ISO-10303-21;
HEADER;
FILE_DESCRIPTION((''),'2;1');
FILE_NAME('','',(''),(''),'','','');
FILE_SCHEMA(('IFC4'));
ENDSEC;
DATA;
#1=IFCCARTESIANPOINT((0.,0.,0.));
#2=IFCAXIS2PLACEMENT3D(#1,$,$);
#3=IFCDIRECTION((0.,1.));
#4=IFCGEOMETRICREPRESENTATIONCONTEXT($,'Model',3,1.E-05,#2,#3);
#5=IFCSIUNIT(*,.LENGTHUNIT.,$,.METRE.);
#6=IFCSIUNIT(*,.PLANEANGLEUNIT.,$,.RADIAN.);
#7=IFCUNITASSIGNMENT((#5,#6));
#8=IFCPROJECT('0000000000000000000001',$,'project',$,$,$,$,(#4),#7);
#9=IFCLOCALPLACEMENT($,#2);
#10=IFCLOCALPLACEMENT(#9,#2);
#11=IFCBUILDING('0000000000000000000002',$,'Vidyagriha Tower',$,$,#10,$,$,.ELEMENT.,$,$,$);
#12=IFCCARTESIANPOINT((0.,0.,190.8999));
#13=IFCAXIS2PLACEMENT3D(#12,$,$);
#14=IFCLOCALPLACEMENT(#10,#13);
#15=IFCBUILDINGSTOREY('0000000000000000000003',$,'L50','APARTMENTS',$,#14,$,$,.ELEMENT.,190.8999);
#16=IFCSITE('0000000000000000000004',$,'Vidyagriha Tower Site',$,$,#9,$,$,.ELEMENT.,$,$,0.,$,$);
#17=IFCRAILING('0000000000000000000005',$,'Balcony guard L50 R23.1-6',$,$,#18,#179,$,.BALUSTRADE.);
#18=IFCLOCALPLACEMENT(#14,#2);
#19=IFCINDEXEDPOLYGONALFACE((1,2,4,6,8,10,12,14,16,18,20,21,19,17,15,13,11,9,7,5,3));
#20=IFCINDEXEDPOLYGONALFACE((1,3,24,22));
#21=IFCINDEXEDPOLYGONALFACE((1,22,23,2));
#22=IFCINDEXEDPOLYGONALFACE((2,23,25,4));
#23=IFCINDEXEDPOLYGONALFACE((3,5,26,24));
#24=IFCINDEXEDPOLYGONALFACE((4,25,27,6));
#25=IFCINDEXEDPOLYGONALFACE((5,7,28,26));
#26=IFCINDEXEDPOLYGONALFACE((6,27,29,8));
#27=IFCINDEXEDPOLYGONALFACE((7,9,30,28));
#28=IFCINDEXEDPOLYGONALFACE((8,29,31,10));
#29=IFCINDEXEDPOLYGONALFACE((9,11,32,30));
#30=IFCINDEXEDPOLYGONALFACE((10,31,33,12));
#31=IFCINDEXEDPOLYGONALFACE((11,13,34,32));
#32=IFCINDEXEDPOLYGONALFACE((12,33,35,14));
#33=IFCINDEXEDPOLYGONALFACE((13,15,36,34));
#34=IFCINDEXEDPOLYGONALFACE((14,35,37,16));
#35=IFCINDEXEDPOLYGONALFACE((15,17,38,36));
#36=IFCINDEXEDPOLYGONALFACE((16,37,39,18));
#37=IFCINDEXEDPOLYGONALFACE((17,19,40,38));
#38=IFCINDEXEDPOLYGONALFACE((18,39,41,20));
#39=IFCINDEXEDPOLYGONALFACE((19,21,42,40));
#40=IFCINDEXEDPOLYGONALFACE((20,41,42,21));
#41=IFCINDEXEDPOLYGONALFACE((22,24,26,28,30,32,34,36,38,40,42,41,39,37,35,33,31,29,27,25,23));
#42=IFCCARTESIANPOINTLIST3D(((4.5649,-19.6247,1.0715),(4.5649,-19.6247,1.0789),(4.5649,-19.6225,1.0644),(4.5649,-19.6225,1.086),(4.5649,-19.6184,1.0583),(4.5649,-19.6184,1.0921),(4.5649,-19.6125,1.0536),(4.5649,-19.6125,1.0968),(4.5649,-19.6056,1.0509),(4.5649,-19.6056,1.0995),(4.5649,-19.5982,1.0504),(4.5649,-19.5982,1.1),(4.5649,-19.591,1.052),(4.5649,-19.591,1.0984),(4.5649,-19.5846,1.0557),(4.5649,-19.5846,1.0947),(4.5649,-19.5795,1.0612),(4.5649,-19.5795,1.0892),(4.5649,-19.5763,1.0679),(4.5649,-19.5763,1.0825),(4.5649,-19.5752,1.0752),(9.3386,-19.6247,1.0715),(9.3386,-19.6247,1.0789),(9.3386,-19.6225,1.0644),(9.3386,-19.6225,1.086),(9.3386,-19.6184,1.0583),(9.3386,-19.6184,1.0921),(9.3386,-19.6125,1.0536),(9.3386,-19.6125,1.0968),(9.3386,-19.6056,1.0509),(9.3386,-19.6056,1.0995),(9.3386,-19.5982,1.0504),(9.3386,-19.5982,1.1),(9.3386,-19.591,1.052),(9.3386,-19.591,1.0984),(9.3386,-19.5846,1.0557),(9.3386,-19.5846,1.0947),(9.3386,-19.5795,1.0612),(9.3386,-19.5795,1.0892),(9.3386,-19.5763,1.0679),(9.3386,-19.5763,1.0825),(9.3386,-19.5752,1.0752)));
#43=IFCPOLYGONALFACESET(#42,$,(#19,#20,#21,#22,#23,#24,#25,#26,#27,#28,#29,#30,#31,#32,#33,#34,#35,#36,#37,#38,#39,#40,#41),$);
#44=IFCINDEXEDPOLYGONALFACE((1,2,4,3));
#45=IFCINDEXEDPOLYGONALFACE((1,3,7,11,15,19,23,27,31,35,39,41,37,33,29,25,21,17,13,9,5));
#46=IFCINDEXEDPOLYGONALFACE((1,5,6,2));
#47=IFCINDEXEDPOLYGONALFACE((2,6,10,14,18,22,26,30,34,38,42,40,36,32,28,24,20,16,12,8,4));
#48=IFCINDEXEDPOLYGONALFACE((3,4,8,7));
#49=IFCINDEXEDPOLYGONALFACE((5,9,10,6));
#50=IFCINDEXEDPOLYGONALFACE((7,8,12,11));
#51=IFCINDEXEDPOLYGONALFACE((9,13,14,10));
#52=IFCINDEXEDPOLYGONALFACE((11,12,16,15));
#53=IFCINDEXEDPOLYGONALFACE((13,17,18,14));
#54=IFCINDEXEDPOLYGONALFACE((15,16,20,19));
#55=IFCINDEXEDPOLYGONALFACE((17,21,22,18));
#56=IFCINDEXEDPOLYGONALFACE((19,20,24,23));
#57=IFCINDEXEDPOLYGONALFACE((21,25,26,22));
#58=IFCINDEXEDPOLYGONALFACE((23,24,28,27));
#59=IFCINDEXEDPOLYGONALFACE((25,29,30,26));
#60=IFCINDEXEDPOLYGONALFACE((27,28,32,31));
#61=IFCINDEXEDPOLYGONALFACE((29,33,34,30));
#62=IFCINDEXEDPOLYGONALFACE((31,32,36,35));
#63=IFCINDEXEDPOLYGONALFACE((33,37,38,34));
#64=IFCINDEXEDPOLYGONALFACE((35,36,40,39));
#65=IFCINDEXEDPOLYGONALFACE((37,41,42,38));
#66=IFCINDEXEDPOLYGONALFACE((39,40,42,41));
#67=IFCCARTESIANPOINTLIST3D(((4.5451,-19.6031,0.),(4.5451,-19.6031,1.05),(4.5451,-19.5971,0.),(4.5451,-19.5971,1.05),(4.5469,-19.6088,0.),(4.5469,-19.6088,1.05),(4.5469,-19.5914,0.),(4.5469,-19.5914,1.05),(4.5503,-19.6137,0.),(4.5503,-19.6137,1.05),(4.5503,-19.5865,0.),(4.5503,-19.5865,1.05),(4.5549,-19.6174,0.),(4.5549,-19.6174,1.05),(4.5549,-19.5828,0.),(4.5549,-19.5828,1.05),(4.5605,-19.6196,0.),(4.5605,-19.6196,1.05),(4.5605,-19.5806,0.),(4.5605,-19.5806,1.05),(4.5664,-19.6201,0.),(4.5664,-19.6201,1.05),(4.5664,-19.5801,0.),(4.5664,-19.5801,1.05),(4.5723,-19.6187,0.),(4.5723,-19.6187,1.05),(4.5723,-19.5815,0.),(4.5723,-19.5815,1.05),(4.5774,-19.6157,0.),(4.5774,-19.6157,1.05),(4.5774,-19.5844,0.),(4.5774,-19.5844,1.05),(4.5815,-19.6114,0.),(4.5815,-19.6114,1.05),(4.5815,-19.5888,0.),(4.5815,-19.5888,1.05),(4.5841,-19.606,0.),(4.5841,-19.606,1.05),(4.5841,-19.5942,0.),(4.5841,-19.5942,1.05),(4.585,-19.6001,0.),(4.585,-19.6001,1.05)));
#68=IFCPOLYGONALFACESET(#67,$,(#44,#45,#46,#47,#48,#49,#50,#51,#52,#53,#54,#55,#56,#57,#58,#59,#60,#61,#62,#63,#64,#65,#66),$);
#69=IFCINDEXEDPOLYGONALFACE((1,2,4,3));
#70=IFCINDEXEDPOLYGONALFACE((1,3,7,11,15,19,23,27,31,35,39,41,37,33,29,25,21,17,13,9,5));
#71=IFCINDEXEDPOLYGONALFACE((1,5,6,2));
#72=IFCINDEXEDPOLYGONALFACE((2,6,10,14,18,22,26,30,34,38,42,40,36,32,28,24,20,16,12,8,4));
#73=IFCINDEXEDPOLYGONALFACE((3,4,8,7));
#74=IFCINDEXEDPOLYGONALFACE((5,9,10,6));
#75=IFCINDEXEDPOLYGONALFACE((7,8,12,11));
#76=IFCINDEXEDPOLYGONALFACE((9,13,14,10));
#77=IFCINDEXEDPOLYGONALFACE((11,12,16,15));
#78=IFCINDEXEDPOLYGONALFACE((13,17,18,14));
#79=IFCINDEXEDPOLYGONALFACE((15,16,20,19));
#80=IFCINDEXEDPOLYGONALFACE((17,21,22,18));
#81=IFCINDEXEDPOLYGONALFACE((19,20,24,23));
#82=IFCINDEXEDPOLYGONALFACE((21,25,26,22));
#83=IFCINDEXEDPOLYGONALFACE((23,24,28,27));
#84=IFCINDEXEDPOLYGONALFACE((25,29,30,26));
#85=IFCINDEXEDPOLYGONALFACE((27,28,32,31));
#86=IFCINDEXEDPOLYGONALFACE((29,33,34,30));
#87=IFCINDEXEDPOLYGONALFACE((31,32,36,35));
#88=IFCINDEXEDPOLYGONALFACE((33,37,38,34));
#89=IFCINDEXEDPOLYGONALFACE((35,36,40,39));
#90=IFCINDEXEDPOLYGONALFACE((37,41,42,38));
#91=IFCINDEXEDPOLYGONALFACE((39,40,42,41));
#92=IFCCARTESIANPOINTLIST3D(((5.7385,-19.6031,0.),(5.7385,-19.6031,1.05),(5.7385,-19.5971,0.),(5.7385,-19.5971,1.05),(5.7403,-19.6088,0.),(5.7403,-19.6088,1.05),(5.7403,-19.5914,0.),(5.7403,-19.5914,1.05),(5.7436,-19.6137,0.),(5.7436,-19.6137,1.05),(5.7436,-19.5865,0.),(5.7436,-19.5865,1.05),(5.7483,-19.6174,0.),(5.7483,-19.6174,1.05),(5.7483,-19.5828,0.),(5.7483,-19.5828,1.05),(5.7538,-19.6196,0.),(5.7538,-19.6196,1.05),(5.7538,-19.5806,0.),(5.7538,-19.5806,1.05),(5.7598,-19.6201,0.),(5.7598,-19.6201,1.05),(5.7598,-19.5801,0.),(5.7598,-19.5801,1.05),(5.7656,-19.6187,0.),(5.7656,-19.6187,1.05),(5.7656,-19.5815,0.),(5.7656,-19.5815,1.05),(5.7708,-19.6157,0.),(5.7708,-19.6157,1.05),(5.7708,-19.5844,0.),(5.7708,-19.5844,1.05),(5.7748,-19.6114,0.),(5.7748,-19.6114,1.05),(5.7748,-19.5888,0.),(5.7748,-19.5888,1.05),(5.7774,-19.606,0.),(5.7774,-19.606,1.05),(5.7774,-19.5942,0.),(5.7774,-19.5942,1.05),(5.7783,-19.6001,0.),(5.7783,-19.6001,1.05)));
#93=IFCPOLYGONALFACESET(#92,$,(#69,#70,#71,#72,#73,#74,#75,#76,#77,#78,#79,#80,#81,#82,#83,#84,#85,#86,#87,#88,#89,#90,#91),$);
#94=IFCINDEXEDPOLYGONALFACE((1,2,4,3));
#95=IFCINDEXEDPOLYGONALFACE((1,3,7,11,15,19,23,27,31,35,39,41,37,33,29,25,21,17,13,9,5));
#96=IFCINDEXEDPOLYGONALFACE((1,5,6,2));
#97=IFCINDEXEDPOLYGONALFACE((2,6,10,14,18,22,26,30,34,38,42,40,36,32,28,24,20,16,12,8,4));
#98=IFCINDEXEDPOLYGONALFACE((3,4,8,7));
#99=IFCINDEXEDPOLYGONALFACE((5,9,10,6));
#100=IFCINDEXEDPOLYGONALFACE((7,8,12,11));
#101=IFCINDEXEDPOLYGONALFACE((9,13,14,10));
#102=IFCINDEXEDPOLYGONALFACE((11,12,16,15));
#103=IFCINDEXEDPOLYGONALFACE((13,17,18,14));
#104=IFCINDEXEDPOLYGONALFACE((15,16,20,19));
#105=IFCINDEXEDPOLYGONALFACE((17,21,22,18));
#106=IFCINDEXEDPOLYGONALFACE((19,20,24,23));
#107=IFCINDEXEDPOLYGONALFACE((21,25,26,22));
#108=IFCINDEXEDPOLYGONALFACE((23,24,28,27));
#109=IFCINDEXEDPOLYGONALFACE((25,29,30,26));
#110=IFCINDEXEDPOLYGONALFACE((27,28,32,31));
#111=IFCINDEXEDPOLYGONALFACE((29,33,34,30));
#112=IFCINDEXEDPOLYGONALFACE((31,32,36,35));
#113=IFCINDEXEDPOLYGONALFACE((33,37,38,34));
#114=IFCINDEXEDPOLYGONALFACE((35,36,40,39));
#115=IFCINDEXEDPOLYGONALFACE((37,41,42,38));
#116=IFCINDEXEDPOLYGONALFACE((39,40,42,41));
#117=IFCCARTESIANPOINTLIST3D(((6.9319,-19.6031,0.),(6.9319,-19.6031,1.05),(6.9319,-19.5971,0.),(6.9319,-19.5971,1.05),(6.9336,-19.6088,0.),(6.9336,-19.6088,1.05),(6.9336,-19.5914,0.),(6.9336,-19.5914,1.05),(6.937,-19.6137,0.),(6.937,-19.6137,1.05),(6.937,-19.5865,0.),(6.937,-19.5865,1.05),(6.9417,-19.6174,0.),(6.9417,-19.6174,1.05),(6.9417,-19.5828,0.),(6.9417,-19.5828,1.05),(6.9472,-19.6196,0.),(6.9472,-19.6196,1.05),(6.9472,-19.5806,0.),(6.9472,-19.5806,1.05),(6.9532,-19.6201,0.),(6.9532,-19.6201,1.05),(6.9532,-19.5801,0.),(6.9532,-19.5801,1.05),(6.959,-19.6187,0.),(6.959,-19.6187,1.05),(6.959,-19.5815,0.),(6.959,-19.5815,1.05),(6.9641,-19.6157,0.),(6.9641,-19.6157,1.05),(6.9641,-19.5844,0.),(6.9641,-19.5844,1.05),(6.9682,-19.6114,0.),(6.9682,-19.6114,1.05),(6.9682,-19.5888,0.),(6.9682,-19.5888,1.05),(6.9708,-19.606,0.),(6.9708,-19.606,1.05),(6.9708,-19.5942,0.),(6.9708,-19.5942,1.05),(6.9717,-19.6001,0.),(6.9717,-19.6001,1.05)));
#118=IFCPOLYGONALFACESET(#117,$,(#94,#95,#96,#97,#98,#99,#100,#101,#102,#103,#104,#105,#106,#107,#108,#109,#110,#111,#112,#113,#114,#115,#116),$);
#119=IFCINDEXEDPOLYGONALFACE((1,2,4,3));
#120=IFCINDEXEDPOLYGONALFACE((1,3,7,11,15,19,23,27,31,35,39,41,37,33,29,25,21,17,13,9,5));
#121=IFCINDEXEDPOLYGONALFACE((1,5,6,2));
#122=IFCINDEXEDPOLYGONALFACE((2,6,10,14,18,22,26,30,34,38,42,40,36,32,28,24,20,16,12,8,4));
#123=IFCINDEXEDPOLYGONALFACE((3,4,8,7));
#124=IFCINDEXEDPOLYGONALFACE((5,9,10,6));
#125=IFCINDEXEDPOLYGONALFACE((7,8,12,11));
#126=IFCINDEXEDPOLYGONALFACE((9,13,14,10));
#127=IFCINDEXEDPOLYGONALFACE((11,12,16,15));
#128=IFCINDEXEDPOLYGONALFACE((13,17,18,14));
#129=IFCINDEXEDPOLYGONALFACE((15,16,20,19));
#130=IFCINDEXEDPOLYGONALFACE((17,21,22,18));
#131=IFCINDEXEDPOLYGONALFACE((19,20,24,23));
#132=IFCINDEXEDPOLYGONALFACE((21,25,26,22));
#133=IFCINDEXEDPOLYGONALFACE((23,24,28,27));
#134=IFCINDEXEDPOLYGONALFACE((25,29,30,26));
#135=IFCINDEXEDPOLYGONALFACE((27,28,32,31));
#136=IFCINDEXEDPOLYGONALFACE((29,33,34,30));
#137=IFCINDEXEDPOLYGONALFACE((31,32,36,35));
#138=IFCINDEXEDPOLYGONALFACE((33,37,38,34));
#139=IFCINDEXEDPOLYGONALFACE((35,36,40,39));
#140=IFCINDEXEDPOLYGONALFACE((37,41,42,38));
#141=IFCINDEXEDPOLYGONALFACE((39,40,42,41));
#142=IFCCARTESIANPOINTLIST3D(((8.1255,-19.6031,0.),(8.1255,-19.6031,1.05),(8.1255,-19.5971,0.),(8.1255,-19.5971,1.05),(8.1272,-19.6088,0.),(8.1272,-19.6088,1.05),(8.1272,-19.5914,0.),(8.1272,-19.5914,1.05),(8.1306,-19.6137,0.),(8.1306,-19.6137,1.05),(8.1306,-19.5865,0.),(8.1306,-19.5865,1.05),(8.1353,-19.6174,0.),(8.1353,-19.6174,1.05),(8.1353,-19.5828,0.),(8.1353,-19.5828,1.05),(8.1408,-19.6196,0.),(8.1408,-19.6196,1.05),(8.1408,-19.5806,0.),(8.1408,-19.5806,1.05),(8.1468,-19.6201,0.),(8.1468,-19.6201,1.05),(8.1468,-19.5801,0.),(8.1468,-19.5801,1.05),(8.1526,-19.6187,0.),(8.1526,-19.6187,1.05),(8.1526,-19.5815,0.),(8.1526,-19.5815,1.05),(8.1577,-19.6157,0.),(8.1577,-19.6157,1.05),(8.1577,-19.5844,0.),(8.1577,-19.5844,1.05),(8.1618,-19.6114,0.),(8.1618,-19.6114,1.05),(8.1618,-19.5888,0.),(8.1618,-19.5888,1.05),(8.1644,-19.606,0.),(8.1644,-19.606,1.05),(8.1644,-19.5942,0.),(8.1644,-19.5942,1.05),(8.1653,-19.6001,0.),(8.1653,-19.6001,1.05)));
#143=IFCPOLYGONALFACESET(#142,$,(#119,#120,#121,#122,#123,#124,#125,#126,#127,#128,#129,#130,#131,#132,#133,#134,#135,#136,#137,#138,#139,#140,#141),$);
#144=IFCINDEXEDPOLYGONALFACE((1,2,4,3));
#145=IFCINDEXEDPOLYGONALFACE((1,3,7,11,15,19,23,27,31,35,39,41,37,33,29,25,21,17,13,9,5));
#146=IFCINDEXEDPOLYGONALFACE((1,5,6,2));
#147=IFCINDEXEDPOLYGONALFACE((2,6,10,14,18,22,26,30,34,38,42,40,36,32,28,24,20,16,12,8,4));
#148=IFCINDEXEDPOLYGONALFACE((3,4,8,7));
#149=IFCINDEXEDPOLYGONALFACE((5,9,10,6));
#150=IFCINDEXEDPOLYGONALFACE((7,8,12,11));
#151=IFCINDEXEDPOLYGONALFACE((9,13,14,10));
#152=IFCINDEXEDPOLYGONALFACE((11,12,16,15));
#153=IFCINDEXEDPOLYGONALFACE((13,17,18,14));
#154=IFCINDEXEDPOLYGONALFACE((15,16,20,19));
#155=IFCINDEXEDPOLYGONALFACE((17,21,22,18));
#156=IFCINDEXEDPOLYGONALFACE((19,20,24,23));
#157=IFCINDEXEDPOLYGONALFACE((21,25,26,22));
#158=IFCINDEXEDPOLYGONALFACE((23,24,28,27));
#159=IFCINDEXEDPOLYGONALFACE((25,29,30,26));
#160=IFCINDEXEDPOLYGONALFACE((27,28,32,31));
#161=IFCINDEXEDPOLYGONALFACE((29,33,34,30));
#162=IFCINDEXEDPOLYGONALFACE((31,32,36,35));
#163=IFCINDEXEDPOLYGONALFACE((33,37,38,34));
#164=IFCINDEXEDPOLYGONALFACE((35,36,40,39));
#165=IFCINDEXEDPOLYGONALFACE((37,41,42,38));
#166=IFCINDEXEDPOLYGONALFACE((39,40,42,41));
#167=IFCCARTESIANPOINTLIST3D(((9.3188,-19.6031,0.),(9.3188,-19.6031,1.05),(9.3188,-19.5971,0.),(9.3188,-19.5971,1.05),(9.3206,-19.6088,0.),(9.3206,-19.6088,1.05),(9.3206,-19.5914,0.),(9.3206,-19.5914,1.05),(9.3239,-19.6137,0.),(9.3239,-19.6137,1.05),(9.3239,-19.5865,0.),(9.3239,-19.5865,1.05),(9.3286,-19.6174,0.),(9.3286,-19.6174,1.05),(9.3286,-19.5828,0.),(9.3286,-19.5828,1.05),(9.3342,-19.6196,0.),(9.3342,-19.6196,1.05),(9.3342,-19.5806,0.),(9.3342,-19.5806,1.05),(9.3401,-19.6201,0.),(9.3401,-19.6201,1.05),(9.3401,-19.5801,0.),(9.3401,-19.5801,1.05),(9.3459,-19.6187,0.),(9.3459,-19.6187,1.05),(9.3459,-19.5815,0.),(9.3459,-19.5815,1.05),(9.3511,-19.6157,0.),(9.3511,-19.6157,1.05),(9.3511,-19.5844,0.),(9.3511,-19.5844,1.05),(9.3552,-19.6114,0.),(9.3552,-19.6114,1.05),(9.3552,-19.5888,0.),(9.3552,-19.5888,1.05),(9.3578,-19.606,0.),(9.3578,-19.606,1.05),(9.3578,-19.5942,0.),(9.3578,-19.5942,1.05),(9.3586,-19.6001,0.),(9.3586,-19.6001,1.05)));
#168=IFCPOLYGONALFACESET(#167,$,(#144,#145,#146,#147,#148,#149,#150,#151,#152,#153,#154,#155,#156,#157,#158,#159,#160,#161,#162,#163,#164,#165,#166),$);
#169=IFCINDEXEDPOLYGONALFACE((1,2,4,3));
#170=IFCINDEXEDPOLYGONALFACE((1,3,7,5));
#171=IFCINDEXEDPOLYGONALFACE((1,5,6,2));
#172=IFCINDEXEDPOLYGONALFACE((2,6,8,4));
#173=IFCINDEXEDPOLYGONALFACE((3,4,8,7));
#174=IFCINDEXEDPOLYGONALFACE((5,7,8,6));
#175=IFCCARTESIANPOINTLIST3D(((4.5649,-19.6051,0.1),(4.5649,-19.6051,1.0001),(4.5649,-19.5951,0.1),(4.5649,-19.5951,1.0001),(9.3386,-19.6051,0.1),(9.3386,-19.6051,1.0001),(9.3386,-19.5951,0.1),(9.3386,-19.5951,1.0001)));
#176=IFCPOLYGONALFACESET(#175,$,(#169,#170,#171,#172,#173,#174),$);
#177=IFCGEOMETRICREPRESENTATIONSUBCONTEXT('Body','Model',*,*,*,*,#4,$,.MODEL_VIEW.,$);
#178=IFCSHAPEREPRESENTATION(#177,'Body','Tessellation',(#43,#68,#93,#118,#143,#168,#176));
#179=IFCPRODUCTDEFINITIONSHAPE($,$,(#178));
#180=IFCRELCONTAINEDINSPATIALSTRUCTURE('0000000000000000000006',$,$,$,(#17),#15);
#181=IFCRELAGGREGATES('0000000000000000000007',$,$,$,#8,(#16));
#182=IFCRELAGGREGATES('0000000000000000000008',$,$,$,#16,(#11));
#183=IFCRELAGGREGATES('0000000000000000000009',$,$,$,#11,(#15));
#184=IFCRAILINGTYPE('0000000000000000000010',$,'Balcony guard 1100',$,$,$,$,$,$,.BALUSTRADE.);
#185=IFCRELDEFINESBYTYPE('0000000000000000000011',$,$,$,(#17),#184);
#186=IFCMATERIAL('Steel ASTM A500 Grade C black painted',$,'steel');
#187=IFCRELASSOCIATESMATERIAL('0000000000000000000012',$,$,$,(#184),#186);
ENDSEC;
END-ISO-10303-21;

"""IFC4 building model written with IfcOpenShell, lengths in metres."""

from ifc_helpers import new_model, si_unit, direction, frame, origin, origin_2d, place, context, subcontext, project, spatial, rectangle, circle, extrude, material, type_object, element, save


model = new_model("IFC4")

# Units and contexts
model_context = context("Model", 3, precision=1e-05, world=origin(), true_north=direction((0.0, 1.0)))
body_context = subcontext(model_context, "Body", "Model", "MODEL_VIEW")
ifc_project = project(units=[si_unit("LENGTHUNIT", "METRE"), si_unit("PLANEANGLEUNIT", "RADIAN")], contexts=[model_context])

# Site, building, storey
site_placement = place(None, origin())
site = spatial("IfcSite", under=ifc_project, at=site_placement, Name="Vidyagriha Tower Site", CompositionType="ELEMENT", RefElevation=0.0)
building_placement = place(site_placement, origin())
building = spatial("IfcBuilding", under=site, at=building_placement, Name="Vidyagriha Tower", CompositionType="ELEMENT")
storey_placement = place(building_placement, frame((0.0, 0.0, 190.8999)))
storey = spatial("IfcBuildingStorey", under=building, at=storey_placement, Name="L50", Description="APARTMENTS", CompositionType="ELEMENT", Elevation=190.8999)

# Railing
ifc_material_1 = material(Name="Steel ASTM A500 Grade C black painted", Category="steel")
railing_type = type_object("IfcRailingType", Name="Balcony guard 1100", PredefinedType="BALUSTRADE", material=ifc_material_1)
railing_1_placement = place(storey_placement, frame((4.5649, -19.6001, 0.0)))
element("IfcRailing", 1, at=railing_1_placement, inside=storey, type_object=railing_type, Name="Balcony guard L50 R23.1-6", PredefinedType="BALUSTRADE", context=body_context, shape_type="SweptSolid", body=[
    extrude(circle(Radius=0.0249, at=origin_2d()), frame((0.0, 0.0, 1.0752), z_axis=(1.0, 0.0, 0.0), x_axis=(0.0, 1.0, 0.0)), (0.0, 0.0, 1.0), 4.7737),
    extrude(circle(Radius=0.02, at=origin_2d()), origin(), (0.0, 0.0, 1.0), 1.05),
    extrude(circle(Radius=0.02, at=origin_2d()), frame((1.1934, 0.0, 0.0)), (0.0, 0.0, 1.0), 1.05),
    extrude(circle(Radius=0.02, at=origin_2d()), frame((2.3867, 0.0, 0.0)), (0.0, 0.0, 1.0), 1.05),
    extrude(circle(Radius=0.02, at=origin_2d()), frame((3.5803, 0.0, 0.0)), (0.0, 0.0, 1.0), 1.05),
    extrude(circle(Radius=0.02, at=origin_2d()), frame((4.7737, 0.0, 0.0)), (0.0, 0.0, 1.0), 1.05),
    extrude(rectangle(XDim=0.01, YDim=0.9001, at=origin_2d()), frame((0.0, 0.0, 0.55), z_axis=(1.0, 0.0, 0.0), x_axis=(0.0, 1.0, 0.0)), (0.0, 0.0, 1.0), 4.7737),
])

save(model, "model.ifc")
